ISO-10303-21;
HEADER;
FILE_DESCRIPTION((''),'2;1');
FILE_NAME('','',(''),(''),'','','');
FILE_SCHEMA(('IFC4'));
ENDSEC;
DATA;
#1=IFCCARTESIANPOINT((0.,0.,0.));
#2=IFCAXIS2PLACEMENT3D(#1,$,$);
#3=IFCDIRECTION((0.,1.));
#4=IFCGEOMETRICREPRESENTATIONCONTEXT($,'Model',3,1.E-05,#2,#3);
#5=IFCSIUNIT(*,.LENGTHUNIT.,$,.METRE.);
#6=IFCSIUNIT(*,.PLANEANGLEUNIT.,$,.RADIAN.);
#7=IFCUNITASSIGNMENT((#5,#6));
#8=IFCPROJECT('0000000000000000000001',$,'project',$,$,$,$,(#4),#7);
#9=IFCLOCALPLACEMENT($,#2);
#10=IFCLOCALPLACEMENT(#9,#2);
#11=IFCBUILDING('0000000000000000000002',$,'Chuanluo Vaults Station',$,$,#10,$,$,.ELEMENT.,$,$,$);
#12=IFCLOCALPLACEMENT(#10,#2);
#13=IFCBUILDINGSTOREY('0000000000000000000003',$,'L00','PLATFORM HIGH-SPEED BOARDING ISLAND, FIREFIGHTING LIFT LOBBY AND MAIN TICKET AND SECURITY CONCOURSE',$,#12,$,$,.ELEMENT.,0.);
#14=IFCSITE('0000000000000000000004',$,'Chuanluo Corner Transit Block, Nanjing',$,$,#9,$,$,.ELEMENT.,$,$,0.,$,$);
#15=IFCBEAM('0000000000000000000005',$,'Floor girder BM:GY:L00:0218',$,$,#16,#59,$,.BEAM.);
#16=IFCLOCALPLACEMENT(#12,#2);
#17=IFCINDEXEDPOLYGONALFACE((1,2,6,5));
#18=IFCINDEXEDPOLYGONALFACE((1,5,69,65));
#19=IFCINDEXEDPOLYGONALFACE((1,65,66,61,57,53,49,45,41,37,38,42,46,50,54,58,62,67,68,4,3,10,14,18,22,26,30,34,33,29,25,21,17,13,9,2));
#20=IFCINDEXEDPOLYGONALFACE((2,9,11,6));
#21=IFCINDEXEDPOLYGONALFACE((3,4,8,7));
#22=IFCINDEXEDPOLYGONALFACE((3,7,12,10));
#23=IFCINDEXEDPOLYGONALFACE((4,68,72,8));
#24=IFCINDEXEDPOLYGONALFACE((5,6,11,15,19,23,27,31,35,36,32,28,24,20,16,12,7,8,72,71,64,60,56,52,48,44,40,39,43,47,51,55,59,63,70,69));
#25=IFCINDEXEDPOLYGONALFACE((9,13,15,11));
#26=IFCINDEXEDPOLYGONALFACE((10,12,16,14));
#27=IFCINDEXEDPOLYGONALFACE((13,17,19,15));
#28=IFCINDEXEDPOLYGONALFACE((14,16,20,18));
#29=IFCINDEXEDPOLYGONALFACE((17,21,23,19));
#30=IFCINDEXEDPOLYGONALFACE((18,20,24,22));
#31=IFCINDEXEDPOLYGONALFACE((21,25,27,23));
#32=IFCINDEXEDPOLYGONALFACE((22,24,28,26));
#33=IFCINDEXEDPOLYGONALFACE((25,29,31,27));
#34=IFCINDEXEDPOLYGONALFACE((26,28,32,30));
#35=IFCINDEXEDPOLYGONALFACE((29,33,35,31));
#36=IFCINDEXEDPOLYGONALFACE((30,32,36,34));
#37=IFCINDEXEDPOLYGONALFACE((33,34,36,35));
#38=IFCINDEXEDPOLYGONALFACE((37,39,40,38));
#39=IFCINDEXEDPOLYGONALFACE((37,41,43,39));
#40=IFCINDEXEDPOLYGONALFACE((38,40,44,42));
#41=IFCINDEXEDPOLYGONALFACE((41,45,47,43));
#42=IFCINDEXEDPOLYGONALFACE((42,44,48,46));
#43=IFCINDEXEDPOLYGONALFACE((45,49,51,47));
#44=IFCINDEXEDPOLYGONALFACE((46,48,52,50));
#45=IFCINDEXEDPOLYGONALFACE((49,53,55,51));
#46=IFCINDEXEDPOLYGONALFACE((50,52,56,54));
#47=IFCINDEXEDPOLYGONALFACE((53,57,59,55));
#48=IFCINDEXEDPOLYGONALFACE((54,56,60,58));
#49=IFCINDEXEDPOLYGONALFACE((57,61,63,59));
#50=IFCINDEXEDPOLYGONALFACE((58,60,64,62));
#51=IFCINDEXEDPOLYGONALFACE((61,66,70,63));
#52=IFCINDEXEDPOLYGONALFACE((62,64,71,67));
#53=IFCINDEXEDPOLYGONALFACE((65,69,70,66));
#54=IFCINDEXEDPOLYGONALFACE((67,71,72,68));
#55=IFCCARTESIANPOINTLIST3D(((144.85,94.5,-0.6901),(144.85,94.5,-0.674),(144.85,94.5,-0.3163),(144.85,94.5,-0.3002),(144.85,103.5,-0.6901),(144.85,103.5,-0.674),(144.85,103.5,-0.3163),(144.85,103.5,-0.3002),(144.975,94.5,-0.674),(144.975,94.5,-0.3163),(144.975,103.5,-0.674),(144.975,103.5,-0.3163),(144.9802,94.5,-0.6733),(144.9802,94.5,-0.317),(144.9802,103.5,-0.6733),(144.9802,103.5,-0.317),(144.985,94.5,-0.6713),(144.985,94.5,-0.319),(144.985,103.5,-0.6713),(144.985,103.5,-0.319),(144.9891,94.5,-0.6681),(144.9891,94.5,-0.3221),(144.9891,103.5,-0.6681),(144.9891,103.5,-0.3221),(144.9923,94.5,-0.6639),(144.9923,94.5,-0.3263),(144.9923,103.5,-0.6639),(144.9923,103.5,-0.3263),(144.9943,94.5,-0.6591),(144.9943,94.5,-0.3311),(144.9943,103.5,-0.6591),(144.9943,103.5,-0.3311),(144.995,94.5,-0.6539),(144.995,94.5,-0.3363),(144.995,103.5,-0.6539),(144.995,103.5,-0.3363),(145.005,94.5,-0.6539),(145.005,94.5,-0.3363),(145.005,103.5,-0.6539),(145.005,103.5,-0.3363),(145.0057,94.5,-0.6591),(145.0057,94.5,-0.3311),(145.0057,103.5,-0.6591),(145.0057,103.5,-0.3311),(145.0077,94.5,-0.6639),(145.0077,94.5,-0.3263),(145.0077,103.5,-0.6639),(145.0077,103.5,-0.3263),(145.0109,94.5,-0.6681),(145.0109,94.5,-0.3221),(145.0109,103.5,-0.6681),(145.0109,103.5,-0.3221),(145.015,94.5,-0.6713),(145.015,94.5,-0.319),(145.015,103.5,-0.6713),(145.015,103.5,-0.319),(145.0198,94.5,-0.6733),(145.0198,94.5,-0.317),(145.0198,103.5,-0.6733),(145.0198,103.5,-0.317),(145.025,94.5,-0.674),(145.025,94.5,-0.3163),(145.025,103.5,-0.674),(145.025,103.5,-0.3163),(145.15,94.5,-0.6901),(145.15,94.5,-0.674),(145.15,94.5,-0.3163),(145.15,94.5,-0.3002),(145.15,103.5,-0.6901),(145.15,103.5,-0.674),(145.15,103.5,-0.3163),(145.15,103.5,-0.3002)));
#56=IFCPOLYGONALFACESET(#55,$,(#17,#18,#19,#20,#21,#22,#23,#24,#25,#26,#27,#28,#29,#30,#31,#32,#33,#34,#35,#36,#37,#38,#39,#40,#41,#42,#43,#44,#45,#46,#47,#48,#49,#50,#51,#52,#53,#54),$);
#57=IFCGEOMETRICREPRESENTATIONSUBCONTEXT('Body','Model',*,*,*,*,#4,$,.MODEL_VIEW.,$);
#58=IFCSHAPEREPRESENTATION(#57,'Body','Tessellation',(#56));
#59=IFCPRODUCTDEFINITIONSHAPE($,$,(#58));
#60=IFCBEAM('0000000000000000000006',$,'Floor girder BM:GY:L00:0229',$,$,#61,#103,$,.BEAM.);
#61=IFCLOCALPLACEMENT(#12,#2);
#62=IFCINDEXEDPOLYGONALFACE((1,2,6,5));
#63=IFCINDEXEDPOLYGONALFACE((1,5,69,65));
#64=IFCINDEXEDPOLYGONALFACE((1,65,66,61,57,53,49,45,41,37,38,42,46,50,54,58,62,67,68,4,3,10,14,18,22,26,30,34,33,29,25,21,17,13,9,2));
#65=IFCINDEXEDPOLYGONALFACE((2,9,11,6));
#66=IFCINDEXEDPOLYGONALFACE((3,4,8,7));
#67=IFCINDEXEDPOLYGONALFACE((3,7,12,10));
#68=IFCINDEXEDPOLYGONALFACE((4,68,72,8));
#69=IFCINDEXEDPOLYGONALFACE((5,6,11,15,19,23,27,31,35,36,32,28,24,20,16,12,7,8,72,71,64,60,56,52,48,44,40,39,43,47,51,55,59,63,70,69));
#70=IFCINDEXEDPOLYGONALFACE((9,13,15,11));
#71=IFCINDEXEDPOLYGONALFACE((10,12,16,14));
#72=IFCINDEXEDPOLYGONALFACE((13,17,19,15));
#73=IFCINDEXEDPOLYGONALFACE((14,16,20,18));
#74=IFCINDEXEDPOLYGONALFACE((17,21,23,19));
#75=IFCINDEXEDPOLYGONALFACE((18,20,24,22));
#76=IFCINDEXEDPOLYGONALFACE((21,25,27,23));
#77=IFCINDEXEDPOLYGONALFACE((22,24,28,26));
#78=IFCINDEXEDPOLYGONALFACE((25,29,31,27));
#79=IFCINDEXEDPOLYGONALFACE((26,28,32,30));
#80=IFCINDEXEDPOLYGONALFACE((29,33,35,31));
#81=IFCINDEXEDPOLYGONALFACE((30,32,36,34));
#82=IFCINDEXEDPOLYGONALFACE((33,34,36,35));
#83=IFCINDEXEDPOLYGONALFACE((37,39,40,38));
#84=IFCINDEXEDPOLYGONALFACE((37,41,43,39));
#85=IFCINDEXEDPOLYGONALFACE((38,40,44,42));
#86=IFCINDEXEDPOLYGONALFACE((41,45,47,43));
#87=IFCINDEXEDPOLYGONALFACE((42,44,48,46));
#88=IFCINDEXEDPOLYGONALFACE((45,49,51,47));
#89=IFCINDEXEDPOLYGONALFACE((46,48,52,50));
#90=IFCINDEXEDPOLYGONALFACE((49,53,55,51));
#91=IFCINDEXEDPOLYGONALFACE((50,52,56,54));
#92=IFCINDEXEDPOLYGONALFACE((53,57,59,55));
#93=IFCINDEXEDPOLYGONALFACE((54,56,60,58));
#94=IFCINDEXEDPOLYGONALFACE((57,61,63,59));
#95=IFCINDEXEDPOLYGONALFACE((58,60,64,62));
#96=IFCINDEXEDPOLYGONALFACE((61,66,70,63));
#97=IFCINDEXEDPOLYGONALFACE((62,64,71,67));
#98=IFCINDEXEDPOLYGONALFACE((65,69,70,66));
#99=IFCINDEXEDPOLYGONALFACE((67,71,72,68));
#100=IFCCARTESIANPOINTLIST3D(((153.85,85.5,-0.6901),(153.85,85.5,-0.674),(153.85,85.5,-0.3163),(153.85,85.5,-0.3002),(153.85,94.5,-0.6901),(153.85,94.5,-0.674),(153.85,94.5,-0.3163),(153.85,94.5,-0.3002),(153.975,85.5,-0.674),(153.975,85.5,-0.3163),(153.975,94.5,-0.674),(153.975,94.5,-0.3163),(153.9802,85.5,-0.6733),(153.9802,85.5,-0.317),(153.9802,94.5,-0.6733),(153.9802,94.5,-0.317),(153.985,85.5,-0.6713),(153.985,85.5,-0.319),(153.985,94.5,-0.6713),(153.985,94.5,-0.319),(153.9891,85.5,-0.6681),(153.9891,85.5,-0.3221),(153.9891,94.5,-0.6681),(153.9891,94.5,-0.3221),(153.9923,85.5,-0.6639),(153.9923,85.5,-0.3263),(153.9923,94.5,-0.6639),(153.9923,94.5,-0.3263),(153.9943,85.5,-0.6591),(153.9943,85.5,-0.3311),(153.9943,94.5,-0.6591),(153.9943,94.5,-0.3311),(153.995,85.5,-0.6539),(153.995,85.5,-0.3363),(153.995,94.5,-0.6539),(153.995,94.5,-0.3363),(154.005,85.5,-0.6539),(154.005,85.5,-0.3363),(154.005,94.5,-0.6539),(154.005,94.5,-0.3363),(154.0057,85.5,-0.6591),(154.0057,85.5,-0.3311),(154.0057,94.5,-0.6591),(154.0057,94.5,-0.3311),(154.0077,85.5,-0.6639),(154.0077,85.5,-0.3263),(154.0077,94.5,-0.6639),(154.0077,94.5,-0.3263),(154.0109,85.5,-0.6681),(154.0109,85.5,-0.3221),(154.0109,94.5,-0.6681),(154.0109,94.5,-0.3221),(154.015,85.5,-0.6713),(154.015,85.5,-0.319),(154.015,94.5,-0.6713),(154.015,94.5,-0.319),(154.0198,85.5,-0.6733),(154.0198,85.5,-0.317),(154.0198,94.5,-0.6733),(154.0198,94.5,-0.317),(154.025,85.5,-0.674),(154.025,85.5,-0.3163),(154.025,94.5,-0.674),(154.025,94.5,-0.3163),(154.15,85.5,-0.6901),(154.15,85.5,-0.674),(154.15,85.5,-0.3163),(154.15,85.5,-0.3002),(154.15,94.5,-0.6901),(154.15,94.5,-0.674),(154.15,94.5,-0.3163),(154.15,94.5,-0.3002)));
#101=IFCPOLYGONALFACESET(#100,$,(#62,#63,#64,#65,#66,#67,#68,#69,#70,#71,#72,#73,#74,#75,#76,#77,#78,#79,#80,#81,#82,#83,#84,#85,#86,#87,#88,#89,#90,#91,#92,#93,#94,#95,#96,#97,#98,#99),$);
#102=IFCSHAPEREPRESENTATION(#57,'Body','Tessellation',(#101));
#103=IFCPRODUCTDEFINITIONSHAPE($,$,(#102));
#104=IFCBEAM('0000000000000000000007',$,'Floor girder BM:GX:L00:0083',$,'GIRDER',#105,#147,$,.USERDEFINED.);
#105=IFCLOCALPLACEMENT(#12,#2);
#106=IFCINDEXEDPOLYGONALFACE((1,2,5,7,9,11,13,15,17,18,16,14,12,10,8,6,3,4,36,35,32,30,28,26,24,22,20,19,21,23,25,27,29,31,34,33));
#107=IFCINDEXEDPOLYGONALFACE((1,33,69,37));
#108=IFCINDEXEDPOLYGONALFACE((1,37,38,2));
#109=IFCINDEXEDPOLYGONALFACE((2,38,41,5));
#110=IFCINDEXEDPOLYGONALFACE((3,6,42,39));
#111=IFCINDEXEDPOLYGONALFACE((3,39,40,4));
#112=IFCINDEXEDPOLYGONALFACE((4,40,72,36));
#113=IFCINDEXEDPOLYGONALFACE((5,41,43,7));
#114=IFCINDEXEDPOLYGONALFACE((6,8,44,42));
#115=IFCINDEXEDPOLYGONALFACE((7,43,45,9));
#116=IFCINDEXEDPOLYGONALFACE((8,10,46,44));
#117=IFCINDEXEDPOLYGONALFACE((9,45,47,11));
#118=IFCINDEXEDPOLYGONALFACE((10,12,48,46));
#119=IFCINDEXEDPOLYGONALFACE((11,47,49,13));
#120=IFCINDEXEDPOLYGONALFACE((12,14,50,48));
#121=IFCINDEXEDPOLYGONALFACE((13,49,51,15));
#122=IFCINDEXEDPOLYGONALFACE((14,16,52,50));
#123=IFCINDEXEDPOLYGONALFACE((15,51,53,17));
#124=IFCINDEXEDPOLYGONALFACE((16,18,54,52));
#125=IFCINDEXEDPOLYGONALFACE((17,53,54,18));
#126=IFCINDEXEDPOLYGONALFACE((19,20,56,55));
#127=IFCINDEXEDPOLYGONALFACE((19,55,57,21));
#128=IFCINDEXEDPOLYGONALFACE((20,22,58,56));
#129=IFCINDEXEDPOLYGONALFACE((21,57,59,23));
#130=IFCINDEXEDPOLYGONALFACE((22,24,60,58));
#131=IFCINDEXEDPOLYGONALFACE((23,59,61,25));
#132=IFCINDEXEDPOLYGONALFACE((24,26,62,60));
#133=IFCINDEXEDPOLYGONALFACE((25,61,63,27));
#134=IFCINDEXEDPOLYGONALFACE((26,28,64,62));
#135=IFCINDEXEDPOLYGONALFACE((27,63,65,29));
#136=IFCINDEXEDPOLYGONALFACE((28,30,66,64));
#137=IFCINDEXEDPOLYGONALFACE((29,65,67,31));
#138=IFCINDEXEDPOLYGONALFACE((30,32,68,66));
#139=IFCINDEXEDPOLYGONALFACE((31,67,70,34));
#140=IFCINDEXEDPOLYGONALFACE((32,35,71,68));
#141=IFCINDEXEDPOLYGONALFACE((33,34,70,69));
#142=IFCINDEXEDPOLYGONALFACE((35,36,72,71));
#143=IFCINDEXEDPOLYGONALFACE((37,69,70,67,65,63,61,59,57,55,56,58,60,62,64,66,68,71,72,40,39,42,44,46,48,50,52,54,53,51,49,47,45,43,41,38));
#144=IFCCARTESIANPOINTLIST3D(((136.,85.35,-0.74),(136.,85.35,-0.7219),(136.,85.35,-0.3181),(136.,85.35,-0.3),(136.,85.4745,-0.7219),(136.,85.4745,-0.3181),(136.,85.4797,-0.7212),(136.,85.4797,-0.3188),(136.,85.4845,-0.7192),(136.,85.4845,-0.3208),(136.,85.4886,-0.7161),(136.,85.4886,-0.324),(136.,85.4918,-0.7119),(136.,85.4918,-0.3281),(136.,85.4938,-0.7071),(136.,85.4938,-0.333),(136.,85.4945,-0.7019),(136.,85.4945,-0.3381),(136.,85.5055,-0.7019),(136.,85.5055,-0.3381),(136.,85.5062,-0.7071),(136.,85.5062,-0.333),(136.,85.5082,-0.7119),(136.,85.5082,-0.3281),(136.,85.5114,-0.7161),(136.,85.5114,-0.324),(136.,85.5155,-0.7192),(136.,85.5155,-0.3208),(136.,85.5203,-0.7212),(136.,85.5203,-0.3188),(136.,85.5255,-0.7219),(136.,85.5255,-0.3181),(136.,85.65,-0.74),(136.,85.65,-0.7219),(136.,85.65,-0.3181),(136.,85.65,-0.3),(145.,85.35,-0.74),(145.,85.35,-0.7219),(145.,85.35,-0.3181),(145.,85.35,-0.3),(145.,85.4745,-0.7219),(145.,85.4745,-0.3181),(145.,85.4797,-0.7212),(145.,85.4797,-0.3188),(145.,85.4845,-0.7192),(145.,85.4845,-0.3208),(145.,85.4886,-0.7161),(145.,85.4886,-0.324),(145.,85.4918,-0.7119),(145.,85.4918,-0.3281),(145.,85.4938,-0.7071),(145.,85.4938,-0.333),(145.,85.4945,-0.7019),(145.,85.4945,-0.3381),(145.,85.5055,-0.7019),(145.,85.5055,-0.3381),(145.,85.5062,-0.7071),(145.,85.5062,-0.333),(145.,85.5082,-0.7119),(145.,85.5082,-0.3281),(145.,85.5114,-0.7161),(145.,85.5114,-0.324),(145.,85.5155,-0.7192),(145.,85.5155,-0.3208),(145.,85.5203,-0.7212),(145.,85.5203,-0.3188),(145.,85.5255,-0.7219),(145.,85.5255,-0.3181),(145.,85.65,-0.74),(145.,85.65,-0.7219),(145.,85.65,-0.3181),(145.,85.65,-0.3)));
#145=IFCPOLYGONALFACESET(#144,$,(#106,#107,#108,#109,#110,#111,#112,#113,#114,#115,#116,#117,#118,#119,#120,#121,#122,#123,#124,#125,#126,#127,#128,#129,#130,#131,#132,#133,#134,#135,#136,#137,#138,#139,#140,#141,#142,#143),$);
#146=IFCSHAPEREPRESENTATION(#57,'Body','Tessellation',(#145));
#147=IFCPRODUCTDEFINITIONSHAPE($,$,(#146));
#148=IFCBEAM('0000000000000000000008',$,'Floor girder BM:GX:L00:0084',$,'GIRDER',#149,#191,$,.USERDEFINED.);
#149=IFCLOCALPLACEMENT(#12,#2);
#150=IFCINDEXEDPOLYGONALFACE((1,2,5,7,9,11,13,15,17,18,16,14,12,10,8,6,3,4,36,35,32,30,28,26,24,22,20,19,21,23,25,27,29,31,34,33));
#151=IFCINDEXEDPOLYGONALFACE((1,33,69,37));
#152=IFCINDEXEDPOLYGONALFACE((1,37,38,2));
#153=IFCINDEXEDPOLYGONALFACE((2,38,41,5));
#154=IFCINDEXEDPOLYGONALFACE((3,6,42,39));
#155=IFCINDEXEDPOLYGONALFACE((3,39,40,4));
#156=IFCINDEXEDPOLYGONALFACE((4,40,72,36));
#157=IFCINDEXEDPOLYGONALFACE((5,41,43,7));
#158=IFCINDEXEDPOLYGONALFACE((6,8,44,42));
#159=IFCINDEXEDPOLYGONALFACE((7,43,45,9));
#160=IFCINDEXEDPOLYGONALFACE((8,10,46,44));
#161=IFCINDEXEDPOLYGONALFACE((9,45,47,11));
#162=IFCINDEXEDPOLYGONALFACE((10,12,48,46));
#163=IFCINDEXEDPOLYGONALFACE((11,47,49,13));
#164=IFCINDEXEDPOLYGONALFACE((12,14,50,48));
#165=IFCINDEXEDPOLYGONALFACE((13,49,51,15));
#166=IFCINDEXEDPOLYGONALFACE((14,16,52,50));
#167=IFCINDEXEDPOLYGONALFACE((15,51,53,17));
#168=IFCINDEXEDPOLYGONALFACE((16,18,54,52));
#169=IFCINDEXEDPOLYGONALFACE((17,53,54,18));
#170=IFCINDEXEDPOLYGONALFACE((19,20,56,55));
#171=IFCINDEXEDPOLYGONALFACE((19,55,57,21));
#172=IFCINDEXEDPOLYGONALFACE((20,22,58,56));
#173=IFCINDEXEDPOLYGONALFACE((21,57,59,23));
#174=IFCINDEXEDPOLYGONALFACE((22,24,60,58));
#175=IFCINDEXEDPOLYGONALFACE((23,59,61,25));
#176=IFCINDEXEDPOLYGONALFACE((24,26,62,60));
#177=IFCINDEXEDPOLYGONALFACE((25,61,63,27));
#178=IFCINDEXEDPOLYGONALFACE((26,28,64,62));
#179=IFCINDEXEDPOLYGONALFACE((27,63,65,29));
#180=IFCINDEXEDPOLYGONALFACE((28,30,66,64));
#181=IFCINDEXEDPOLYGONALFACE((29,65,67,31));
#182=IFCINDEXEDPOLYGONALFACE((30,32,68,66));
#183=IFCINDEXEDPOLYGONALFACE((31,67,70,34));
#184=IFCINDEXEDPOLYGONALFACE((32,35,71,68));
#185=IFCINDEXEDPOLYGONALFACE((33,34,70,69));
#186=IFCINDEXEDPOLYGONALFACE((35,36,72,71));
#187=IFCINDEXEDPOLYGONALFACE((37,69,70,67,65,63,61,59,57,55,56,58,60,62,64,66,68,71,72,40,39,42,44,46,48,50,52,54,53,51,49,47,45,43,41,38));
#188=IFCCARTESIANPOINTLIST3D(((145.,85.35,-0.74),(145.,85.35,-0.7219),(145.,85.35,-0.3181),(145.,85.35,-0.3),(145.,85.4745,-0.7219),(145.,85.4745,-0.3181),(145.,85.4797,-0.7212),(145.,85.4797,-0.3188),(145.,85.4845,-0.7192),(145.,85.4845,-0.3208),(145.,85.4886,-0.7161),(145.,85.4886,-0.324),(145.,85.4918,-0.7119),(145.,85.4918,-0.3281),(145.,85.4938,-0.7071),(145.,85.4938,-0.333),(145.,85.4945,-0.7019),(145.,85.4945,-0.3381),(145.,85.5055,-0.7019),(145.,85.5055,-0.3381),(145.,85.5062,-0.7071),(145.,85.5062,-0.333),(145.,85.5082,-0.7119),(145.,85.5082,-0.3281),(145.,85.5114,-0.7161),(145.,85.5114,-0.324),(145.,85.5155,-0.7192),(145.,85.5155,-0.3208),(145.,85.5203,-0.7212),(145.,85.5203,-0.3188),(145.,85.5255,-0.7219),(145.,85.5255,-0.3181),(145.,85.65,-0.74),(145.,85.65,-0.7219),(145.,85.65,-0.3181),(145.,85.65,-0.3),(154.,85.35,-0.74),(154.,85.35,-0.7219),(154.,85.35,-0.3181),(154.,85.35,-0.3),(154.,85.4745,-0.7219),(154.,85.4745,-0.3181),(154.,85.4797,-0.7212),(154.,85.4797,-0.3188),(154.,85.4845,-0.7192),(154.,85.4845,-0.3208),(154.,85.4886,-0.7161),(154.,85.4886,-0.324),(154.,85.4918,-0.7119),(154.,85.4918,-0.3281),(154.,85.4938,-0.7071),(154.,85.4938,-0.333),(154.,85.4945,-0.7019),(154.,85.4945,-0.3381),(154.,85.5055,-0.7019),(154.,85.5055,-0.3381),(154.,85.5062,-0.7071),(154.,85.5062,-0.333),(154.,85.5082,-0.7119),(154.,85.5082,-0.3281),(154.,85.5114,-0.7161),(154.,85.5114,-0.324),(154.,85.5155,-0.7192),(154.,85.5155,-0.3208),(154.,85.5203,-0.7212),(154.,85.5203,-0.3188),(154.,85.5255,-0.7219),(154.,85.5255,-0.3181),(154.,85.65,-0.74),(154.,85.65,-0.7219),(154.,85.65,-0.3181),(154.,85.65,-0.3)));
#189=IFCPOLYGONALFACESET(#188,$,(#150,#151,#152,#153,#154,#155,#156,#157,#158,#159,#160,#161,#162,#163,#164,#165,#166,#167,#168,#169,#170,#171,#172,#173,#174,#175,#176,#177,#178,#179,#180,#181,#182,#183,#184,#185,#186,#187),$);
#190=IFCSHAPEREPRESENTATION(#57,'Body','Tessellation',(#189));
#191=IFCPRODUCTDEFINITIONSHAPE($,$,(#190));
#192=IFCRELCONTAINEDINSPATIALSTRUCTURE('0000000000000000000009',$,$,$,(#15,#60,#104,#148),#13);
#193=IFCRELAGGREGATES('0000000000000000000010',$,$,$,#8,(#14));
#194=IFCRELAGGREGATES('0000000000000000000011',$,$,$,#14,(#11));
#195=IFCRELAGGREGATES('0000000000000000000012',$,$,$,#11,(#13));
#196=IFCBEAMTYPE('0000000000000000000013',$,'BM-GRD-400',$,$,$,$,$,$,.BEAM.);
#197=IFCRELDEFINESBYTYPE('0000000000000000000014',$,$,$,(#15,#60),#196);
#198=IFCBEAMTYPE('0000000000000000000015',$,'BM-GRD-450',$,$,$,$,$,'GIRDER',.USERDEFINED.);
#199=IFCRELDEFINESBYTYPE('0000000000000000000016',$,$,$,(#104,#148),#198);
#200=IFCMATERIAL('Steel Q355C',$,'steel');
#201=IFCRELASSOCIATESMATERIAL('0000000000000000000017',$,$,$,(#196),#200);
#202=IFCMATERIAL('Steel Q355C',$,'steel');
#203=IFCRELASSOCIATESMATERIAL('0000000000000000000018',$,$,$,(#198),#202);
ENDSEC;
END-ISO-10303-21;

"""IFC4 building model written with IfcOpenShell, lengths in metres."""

from ifc_helpers import new_model, si_unit, direction, frame, origin, origin_2d, place, context, subcontext, project, spatial, i_section, extrude, material, material_profile, profile_set, type_object, element, save


model = new_model("IFC4")

# Units and contexts
model_context = context("Model", 3, precision=1e-05, world=origin(), true_north=direction((0.0, 1.0)))
body_context = subcontext(model_context, "Body", "Model", "MODEL_VIEW")
ifc_project = project(units=[si_unit("LENGTHUNIT", "METRE"), si_unit("PLANEANGLEUNIT", "RADIAN")], contexts=[model_context])

# Site, building, storey
site_placement = place(None, origin())
site = spatial("IfcSite", under=ifc_project, at=site_placement, Name="Chuanluo Corner Transit Block, Nanjing", CompositionType="ELEMENT", RefElevation=0.0)
building_placement = place(site_placement, origin())
building = spatial("IfcBuilding", under=site, at=building_placement, Name="Chuanluo Vaults Station", CompositionType="ELEMENT")
storey_placement = place(building_placement, origin())
storey = spatial("IfcBuildingStorey", under=building, at=storey_placement, Name="L00", Description="PLATFORM HIGH-SPEED BOARDING ISLAND, FIREFIGHTING LIFT LOBBY AND MAIN TICKET AND SECURITY CONCOURSE", CompositionType="ELEMENT", Elevation=0.0)

# Beams
ifc_material_1 = material(Name="Steel Q355C", Category="steel")
ifc_material_profile_1 = material_profile(ifc_material_1, i_section(OverallWidth=0.3, OverallDepth=0.3899, WebThickness=0.01, FlangeThickness=0.0161, FilletRadius=0.02, at=origin_2d()))
ifc_profile_set_1 = profile_set([ifc_material_profile_1], Name="Steel Q355C")
beam_type_1 = type_object("IfcBeamType", Name="BM-GRD-400", PredefinedType="BEAM", material=ifc_profile_set_1)
for number, where, z_axis, x_axis, name in (
    (1, (145.0, 94.5, -0.4951), (0.0, 1.0, 0.0), (-1.0, 0.0, 0.0), "Floor girder BM:GY:L00:0218"),
    (2, (154.0, 85.5, -0.4951), (0.0, 1.0, 0.0), (-1.0, 0.0, 0.0), "Floor girder BM:GY:L00:0229"),
):
    element("IfcBeam", number, at=place(storey_placement, frame(where, z_axis=z_axis, x_axis=x_axis)), inside=storey, type_object=beam_type_1, Name=name, PredefinedType="BEAM", context=body_context, shape_type="SweptSolid", body=[
        extrude(i_section(OverallWidth=0.3, OverallDepth=0.3899, WebThickness=0.01, FlangeThickness=0.0161, FilletRadius=0.02, at=origin_2d()), origin(), (0.0, 0.0, 1.0), 9.0),
    ])
ifc_material_2 = material(Name="Steel Q355C", Category="steel")
ifc_material_profile_2 = material_profile(ifc_material_2, i_section(OverallWidth=0.3, OverallDepth=0.4399, WebThickness=0.011, FlangeThickness=0.0181, FilletRadius=0.02, at=origin_2d()))
ifc_profile_set_2 = profile_set([ifc_material_profile_2], Name="Steel Q355C")
beam_type_2 = type_object("IfcBeamType", Name="BM-GRD-450", ElementType="GIRDER", PredefinedType="USERDEFINED", material=ifc_profile_set_2)
for number, where, z_axis, x_axis, name in (
    (3, (136.0, 85.5, -0.52), (1.0, 0.0, 0.0), (0.0, 1.0, 0.0), "Floor girder BM:GX:L00:0083"),
    (4, (145.0, 85.5, -0.52), (1.0, 0.0, 0.0), (0.0, 1.0, 0.0), "Floor girder BM:GX:L00:0084"),
):
    element("IfcBeam", number, at=place(storey_placement, frame(where, z_axis=z_axis, x_axis=x_axis)), inside=storey, type_object=beam_type_2, Name=name, ObjectType="GIRDER", PredefinedType="USERDEFINED", context=body_context, shape_type="SweptSolid", body=[
        extrude(i_section(OverallWidth=0.3, OverallDepth=0.4399, WebThickness=0.011, FlangeThickness=0.0181, FilletRadius=0.02, at=origin_2d()), origin(), (0.0, 0.0, 1.0), 9.0),
    ])

save(model, "model.ifc")
